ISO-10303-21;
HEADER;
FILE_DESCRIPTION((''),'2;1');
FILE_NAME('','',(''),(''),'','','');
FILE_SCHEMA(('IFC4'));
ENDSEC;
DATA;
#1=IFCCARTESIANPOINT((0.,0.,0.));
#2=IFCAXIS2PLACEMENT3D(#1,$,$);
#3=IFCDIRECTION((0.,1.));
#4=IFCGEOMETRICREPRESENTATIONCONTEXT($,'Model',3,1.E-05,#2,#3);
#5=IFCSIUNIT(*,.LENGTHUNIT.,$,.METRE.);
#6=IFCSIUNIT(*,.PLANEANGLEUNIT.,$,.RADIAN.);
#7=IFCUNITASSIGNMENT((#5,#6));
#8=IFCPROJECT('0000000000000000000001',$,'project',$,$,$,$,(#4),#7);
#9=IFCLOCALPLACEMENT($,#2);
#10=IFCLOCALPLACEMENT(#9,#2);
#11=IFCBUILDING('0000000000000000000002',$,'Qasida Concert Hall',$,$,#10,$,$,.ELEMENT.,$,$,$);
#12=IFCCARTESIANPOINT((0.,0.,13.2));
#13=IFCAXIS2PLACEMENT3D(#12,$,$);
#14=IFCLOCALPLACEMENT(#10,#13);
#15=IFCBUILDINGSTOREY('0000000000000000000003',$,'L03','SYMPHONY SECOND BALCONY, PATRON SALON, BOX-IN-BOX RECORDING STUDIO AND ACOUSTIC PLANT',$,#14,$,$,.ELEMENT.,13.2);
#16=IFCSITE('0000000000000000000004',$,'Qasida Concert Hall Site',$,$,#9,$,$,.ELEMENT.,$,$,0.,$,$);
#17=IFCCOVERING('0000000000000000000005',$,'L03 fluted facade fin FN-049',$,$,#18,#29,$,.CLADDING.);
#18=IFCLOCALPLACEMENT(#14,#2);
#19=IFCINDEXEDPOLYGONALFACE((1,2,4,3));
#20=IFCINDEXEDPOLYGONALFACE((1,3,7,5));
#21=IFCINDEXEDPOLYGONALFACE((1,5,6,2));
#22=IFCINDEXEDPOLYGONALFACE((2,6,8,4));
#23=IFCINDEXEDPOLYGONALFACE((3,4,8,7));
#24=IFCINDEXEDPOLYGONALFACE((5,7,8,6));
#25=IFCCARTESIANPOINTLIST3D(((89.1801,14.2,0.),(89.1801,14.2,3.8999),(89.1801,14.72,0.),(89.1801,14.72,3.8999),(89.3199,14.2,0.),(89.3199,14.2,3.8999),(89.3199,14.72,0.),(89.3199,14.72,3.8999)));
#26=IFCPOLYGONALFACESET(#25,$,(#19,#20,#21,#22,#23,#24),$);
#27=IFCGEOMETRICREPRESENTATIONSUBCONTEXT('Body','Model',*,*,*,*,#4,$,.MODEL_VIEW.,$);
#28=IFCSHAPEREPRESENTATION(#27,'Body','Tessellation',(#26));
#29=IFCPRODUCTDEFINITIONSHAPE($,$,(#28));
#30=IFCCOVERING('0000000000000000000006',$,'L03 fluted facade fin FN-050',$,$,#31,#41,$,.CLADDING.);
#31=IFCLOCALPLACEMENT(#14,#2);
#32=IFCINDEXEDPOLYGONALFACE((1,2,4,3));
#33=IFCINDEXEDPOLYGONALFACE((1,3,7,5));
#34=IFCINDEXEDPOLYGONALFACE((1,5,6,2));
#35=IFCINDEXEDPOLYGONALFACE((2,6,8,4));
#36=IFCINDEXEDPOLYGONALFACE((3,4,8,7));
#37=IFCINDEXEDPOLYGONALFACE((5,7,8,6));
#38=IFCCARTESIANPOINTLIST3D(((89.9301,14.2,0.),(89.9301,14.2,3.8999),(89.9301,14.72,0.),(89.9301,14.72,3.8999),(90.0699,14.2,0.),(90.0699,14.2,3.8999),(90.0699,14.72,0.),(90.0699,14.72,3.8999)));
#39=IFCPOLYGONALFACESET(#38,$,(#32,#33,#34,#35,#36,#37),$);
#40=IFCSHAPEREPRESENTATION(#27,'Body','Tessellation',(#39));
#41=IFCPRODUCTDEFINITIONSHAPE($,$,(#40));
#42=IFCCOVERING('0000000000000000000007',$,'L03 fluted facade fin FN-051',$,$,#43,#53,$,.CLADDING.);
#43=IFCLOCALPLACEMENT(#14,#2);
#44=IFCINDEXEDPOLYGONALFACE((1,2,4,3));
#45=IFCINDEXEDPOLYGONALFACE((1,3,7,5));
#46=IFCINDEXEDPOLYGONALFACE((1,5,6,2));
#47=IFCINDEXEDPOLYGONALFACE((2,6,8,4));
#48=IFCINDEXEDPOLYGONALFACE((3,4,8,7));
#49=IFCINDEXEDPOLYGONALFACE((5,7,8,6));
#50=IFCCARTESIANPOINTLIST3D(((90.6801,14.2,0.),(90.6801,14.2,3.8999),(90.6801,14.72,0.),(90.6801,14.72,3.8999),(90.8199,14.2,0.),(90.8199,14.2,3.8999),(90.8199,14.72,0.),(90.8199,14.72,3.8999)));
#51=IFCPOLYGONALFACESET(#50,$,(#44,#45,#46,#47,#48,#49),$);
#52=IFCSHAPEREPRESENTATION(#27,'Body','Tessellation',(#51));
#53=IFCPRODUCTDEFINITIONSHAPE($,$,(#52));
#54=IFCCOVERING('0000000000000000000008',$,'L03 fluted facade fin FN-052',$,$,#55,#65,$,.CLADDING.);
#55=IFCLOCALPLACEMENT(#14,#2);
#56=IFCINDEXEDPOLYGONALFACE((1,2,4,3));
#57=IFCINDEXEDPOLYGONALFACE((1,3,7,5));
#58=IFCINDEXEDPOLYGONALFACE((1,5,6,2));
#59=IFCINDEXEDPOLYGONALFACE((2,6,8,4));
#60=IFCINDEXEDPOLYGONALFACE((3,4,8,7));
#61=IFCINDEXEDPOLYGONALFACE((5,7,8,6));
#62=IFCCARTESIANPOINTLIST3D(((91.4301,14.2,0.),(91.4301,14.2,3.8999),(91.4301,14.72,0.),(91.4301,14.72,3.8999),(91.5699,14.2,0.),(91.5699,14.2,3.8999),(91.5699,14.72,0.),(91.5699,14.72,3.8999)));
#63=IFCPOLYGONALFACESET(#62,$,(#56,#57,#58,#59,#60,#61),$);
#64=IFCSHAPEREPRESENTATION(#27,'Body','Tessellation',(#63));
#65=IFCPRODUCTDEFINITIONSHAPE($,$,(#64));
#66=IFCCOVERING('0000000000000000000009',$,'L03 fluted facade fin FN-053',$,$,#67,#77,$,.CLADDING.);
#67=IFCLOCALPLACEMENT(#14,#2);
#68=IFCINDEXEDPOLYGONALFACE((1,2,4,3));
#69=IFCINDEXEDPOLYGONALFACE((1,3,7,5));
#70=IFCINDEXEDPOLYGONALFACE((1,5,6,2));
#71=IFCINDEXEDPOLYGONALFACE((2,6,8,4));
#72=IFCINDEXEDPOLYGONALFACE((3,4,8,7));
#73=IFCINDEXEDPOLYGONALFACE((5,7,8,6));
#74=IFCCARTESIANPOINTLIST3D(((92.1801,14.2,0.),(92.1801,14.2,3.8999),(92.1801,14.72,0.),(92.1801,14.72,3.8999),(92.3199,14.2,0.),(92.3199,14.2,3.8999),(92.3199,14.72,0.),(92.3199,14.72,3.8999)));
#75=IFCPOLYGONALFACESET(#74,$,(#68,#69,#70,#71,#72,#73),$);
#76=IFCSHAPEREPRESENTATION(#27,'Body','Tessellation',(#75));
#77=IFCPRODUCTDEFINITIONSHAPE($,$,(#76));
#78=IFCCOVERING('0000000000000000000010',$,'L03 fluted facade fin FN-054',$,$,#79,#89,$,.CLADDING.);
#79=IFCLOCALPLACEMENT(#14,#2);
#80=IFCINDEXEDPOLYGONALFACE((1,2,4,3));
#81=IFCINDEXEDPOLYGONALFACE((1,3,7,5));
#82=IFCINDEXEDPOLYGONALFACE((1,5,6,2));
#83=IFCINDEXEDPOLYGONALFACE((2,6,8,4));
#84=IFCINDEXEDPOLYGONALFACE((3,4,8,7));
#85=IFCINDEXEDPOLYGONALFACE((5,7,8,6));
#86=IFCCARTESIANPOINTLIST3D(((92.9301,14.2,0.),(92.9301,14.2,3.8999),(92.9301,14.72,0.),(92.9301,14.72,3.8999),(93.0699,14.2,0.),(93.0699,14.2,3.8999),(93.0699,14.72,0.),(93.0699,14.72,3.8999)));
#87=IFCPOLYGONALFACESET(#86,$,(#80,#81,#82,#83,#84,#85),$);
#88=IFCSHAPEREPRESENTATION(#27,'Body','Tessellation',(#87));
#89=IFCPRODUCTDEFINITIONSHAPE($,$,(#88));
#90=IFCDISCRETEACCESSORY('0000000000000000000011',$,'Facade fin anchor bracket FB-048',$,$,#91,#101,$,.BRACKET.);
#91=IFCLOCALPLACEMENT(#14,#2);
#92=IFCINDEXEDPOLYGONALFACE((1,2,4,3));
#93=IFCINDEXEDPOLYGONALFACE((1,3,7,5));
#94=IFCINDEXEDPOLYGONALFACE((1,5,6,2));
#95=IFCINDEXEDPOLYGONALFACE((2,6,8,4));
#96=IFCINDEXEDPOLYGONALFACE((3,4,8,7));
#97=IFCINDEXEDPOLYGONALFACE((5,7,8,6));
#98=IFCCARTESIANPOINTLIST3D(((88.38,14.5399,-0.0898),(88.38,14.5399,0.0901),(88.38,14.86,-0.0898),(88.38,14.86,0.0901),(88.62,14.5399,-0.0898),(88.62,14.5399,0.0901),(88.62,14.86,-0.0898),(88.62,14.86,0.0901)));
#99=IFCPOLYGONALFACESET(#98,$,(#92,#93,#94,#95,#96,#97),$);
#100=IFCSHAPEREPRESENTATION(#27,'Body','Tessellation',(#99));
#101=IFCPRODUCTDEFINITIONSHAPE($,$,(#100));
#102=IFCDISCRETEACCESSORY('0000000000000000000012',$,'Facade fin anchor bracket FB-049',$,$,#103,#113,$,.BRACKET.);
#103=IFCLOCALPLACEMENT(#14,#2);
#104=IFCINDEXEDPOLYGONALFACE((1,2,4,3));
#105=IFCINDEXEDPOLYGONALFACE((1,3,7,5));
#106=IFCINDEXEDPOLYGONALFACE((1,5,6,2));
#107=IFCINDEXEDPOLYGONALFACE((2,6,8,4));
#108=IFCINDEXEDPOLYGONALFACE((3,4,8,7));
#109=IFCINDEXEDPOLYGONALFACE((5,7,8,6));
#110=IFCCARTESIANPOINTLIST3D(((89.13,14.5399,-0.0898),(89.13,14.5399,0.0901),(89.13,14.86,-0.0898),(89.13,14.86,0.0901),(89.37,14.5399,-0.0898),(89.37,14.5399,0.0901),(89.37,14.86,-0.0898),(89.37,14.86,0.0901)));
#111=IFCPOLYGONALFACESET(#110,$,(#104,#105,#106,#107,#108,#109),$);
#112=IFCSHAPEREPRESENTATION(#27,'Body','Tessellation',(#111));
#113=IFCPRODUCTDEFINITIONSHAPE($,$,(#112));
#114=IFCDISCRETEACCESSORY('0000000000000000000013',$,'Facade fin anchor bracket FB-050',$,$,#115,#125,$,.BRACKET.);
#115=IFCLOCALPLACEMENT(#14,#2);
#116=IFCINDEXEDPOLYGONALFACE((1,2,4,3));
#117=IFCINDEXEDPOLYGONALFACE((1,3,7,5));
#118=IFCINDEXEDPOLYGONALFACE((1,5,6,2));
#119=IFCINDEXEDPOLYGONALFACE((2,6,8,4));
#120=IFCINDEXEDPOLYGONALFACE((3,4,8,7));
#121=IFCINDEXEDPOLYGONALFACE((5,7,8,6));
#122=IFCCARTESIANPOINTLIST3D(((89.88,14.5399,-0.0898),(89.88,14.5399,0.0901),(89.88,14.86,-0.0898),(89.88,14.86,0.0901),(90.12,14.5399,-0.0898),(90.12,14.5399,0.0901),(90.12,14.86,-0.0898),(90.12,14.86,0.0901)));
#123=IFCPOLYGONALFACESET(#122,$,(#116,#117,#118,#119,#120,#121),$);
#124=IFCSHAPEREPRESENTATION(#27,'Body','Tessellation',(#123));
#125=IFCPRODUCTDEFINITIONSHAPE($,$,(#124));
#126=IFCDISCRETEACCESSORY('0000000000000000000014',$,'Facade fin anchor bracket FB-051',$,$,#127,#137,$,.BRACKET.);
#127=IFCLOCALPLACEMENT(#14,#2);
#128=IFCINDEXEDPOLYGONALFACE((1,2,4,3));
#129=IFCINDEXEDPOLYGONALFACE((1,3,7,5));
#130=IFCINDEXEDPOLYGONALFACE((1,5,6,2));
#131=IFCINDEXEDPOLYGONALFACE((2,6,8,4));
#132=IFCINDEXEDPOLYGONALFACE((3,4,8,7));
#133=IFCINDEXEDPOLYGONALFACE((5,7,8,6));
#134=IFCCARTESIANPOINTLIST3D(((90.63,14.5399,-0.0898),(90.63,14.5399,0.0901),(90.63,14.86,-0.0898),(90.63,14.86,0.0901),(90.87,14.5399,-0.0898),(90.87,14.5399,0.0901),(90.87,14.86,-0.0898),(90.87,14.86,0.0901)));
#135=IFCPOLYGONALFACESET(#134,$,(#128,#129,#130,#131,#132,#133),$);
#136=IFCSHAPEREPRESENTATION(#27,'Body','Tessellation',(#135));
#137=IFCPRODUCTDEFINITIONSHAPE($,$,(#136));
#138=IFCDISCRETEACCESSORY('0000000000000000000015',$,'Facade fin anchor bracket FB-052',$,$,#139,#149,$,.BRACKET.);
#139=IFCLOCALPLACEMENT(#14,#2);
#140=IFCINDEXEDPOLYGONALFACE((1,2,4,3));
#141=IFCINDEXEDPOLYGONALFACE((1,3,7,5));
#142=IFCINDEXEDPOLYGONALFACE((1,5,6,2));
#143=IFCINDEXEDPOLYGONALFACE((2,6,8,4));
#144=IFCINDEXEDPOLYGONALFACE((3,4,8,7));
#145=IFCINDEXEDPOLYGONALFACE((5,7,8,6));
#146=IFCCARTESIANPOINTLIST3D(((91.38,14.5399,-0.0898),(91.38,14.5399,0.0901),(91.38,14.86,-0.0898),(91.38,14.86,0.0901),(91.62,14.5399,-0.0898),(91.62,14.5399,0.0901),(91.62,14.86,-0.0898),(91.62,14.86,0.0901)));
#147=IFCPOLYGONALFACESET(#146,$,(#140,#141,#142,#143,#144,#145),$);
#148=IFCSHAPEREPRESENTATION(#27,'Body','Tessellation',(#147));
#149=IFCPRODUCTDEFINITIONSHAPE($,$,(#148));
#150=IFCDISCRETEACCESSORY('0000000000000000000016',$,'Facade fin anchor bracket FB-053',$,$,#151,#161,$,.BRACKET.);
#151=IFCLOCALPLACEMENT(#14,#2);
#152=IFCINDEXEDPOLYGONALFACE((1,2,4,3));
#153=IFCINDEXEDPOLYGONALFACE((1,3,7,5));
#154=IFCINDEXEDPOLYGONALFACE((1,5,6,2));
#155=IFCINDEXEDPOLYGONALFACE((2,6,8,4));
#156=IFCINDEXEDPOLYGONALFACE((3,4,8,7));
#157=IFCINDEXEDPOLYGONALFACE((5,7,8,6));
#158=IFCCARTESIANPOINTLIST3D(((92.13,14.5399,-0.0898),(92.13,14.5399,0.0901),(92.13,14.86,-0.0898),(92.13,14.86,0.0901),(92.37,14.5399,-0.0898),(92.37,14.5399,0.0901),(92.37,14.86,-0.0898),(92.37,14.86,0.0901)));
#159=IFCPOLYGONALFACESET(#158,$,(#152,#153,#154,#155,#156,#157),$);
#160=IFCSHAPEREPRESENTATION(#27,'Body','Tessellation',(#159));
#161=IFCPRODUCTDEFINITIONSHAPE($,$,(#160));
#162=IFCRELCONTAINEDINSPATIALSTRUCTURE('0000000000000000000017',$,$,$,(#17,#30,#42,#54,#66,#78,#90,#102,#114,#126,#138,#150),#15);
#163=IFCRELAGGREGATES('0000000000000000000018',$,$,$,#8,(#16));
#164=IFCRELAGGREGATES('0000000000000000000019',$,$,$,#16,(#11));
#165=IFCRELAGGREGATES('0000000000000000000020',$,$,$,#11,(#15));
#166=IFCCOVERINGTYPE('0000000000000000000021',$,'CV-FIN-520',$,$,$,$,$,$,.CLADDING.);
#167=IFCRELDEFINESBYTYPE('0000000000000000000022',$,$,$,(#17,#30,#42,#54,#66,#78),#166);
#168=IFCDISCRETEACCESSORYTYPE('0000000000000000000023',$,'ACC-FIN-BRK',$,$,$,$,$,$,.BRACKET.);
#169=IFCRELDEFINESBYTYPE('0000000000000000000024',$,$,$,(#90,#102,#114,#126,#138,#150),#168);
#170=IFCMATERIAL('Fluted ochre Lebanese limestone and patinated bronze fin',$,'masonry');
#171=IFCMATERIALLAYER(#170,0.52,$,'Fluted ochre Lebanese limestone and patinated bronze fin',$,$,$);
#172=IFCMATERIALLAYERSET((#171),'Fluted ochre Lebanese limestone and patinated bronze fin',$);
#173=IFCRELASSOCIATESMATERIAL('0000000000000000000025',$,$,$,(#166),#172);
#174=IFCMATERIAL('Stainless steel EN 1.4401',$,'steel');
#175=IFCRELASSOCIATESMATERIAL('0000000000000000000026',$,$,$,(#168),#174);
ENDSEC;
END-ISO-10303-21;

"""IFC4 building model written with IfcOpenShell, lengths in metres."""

from ifc_helpers import new_model, si_unit, direction, frame, origin, origin_2d, place, context, subcontext, project, spatial, rectangle, extrude, material, layer, layer_set, type_object, element, save


model = new_model("IFC4")

# Units and contexts
model_context = context("Model", 3, precision=1e-05, world=origin(), true_north=direction((0.0, 1.0)))
body_context = subcontext(model_context, "Body", "Model", "MODEL_VIEW")
ifc_project = project(units=[si_unit("LENGTHUNIT", "METRE"), si_unit("PLANEANGLEUNIT", "RADIAN")], contexts=[model_context])

# Site, building, storey
site_placement = place(None, origin())
site = spatial("IfcSite", under=ifc_project, at=site_placement, Name="Qasida Concert Hall Site", CompositionType="ELEMENT", RefElevation=0.0)
building_placement = place(site_placement, origin())
building = spatial("IfcBuilding", under=site, at=building_placement, Name="Qasida Concert Hall", CompositionType="ELEMENT")
storey_placement = place(building_placement, frame((0.0, 0.0, 13.2)))
storey = spatial("IfcBuildingStorey", under=building, at=storey_placement, Name="L03", Description="SYMPHONY SECOND BALCONY, PATRON SALON, BOX-IN-BOX RECORDING STUDIO AND ACOUSTIC PLANT", CompositionType="ELEMENT", Elevation=13.2)

# Coverings
ifc_material_1 = material(Name="Fluted ochre Lebanese limestone and patinated bronze fin", Category="masonry")
ifc_layer_1 = layer(ifc_material_1, 0.52, Name="Fluted ochre Lebanese limestone and patinated bronze fin")
ifc_layer_set_1 = layer_set([ifc_layer_1], Name="Fluted ochre Lebanese limestone and patinated bronze fin")
covering_type = type_object("IfcCoveringType", Name="CV-FIN-520", PredefinedType="CLADDING", material=ifc_layer_set_1)
for number, where, z_axis, x_axis, name in (
    (1, (89.25, 14.46, 0.0), (0.0, 0.0, 1.0), (1.0, 0.0, 0.0), "L03 fluted facade fin FN-049"),
    (2, (90.0, 14.46, 0.0), (0.0, 0.0, 1.0), (1.0, 0.0, 0.0), "L03 fluted facade fin FN-050"),
    (3, (90.75, 14.46, 0.0), (0.0, 0.0, 1.0), (1.0, 0.0, 0.0), "L03 fluted facade fin FN-051"),
    (4, (91.5, 14.46, 0.0), (0.0, 0.0, 1.0), (1.0, 0.0, 0.0), "L03 fluted facade fin FN-052"),
    (5, (92.25, 14.46, 0.0), (0.0, 0.0, 1.0), (1.0, 0.0, 0.0), "L03 fluted facade fin FN-053"),
    (6, (93.0, 14.46, 0.0), (0.0, 0.0, 1.0), (1.0, 0.0, 0.0), "L03 fluted facade fin FN-054"),
):
    element("IfcCovering", number, at=place(storey_placement, frame(where, z_axis=z_axis, x_axis=x_axis)), inside=storey, type_object=covering_type, Name=name, PredefinedType="CLADDING", context=body_context, shape_type="SweptSolid", body=[
        extrude(rectangle(XDim=0.1399, YDim=0.52, at=origin_2d()), origin(), (0.0, 0.0, 1.0), 3.8999),
    ])

# Discrete accessories
ifc_material_2 = material(Name="Stainless steel EN 1.4401", Category="steel")
discrete_accessory_type = type_object("IfcDiscreteAccessoryType", Name="ACC-FIN-BRK", PredefinedType="BRACKET", material=ifc_material_2)
for number, where, z_axis, x_axis, name in (
    (7, (88.5, 14.7, -0.0898), (0.0, 0.0, 1.0), (1.0, 0.0, 0.0), "Facade fin anchor bracket FB-048"),
    (8, (89.25, 14.7, -0.0898), (0.0, 0.0, 1.0), (1.0, 0.0, 0.0), "Facade fin anchor bracket FB-049"),
    (9, (90.0, 14.7, -0.0898), (0.0, 0.0, 1.0), (1.0, 0.0, 0.0), "Facade fin anchor bracket FB-050"),
    (10, (90.75, 14.7, -0.0898), (0.0, 0.0, 1.0), (1.0, 0.0, 0.0), "Facade fin anchor bracket FB-051"),
    (11, (91.5, 14.7, -0.0898), (0.0, 0.0, 1.0), (1.0, 0.0, 0.0), "Facade fin anchor bracket FB-052"),
    (12, (92.25, 14.7, -0.0898), (0.0, 0.0, 1.0), (1.0, 0.0, 0.0), "Facade fin anchor bracket FB-053"),
):
    element("IfcDiscreteAccessory", number, at=place(storey_placement, frame(where, z_axis=z_axis, x_axis=x_axis)), inside=storey, type_object=discrete_accessory_type, Name=name, PredefinedType="BRACKET", context=body_context, shape_type="SweptSolid", body=[
        extrude(rectangle(XDim=0.24, YDim=0.3201, at=origin_2d()), origin(), (0.0, 0.0, 1.0), 0.1799),
    ])

save(model, "model.ifc")
